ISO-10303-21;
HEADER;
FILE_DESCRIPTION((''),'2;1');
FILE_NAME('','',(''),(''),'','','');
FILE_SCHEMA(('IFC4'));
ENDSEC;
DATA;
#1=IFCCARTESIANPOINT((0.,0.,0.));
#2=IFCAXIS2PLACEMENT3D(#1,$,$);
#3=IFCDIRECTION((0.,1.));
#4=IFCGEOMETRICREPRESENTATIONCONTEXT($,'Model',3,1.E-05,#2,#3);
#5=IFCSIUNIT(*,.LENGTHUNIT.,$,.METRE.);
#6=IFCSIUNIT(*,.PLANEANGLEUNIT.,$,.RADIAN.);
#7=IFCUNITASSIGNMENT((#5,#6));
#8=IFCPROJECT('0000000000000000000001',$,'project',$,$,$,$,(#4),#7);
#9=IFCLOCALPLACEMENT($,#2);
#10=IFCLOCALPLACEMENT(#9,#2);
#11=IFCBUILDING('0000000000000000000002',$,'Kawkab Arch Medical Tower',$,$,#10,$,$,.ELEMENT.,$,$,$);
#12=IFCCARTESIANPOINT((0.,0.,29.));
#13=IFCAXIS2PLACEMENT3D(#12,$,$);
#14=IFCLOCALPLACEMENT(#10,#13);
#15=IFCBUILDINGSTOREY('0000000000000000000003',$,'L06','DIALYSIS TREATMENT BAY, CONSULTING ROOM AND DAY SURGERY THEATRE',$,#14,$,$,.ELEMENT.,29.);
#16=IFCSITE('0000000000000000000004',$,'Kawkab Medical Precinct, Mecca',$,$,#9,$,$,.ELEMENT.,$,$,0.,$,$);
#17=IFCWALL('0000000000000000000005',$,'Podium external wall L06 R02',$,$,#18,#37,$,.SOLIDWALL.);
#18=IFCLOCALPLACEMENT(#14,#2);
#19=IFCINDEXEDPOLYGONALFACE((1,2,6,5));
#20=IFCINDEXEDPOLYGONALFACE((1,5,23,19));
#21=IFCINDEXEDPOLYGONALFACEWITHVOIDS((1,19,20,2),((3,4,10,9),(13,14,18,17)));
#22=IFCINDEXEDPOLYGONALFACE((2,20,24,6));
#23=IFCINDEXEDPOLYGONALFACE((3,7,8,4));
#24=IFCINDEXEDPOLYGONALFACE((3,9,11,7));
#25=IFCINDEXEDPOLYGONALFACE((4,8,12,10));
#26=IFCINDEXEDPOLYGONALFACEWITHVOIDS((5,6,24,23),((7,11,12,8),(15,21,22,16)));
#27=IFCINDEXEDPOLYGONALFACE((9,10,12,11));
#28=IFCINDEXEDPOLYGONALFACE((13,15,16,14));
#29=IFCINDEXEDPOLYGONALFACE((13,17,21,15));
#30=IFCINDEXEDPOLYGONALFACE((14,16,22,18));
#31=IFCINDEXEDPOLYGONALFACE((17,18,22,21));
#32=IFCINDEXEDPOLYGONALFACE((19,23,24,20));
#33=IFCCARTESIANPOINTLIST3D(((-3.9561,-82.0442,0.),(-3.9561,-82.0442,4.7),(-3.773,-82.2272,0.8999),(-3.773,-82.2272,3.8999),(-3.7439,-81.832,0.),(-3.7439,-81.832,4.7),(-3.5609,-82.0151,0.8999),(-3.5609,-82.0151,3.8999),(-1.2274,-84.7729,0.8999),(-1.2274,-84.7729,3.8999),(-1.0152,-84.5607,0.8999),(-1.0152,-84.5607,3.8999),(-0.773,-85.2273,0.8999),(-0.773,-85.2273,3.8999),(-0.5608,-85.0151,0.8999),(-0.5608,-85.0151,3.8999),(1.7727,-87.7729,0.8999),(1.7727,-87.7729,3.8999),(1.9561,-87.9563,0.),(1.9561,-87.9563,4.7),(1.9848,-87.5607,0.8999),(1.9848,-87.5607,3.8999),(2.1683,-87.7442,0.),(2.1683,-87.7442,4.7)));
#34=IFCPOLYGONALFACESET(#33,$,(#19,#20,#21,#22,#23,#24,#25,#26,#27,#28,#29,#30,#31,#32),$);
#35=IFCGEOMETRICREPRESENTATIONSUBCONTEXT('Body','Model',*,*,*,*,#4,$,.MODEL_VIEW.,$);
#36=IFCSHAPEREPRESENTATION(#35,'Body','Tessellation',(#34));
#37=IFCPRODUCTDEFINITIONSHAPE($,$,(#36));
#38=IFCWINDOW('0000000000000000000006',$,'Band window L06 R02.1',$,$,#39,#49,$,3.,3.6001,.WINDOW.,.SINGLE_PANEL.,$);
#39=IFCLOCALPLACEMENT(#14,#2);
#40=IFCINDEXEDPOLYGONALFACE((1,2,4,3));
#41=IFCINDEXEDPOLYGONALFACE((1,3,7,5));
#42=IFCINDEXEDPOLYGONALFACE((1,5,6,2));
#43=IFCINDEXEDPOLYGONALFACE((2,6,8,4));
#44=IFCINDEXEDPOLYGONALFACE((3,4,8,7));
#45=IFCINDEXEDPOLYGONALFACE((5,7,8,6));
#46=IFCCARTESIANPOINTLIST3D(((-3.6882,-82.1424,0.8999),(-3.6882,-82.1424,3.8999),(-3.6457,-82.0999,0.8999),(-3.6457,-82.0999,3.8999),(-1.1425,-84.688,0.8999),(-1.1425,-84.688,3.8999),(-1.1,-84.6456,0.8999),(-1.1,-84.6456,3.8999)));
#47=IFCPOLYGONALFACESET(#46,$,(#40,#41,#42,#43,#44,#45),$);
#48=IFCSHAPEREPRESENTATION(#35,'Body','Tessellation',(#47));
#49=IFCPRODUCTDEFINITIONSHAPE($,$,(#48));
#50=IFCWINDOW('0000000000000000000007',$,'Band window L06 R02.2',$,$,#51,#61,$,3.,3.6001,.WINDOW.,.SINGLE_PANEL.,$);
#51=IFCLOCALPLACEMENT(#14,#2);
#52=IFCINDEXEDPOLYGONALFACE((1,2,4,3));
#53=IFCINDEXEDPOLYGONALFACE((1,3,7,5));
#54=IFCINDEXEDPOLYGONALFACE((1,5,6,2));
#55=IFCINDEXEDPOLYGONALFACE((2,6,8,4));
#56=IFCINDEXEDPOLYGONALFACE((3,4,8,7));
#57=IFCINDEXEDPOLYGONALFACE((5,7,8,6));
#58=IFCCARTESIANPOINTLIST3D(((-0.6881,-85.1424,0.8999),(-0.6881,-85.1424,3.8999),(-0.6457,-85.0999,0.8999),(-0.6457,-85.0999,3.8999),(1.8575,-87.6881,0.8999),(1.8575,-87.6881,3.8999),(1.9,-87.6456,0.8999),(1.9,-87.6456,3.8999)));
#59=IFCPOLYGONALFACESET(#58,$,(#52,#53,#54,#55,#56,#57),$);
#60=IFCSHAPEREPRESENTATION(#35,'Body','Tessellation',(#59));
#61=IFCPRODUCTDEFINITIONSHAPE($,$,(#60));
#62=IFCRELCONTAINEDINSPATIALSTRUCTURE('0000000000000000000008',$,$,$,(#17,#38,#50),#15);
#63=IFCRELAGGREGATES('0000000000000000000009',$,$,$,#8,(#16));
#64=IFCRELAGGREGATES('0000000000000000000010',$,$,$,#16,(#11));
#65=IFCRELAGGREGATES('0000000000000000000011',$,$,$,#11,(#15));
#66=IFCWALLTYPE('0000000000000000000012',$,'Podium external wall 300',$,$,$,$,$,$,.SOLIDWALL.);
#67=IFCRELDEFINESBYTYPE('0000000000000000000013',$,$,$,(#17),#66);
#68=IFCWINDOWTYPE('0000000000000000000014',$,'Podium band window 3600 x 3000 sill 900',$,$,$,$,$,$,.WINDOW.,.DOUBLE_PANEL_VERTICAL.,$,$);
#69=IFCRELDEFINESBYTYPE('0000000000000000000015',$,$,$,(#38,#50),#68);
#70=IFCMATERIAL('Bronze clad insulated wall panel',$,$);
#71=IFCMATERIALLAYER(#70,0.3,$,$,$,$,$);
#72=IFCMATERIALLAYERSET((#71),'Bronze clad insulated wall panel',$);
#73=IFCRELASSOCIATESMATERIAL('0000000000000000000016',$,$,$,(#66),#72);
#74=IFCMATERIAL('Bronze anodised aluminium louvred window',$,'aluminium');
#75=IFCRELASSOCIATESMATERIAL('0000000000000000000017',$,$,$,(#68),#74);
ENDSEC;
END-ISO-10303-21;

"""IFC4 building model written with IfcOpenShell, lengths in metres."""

from ifc_helpers import new_model, si_unit, direction, frame, frame_2d, origin, place, context, subcontext, project, spatial, rectangle, extrude, material, layer, layer_set, type_object, element, fill, save


model = new_model("IFC4")

# Units and contexts
model_context = context("Model", 3, precision=1e-05, world=origin(), true_north=direction((0.0, 1.0)))
body_context = subcontext(model_context, "Body", "Model", "MODEL_VIEW")
ifc_project = project(units=[si_unit("LENGTHUNIT", "METRE"), si_unit("PLANEANGLEUNIT", "RADIAN")], contexts=[model_context])

# Site, building, storey
site_placement = place(None, origin())
site = spatial("IfcSite", under=ifc_project, at=site_placement, Name="Kawkab Medical Precinct, Mecca", CompositionType="ELEMENT", RefElevation=0.0)
building_placement = place(site_placement, origin())
building = spatial("IfcBuilding", under=site, at=building_placement, Name="Kawkab Arch Medical Tower", CompositionType="ELEMENT")
storey_placement = place(building_placement, frame((0.0, 0.0, 29.0)))
storey = spatial("IfcBuildingStorey", under=building, at=storey_placement, Name="L06", Description="DIALYSIS TREATMENT BAY, CONSULTING ROOM AND DAY SURGERY THEATRE", CompositionType="ELEMENT", Elevation=29.0)

# Wall, openings, windows
ifc_material_1 = material(Name="Bronze clad insulated wall panel")
ifc_layer_1 = layer(ifc_material_1, 0.3)
ifc_layer_set_1 = layer_set([ifc_layer_1], Name="Bronze clad insulated wall panel")
wall_type_1 = type_object("IfcWallType", Name="Podium external wall 300", PredefinedType="SOLIDWALL", material=ifc_layer_set_1)
wall_1_placement = place(storey_placement, frame((-3.8501, -81.938, 0.0), z_axis=(0.0, 0.0, 1.0), x_axis=(0.707107, -0.707107, 0.0)))
wall_1 = element("IfcWall", 1, at=wall_1_placement, inside=storey, type_object=wall_type_1, Name="Podium external wall L06 R02", PredefinedType="SOLIDWALL", context=body_context, shape_type="SweptSolid", body=[
    extrude(rectangle(XDim=8.3611, YDim=0.3, at=frame_2d((4.1807, 0.0))), origin(), (0.0, 0.0, 1.0), 4.7),
])
opening_1_placement = place(wall_1_placement, frame((0.259, 0.0, 0.8999)))
opening_1 = element("IfcOpeningElement", 2, at=opening_1_placement, cuts=wall_1, PredefinedType="OPENING", context=body_context, shape_type="SweptSolid", body=[
    extrude(rectangle(XDim=3.6001, YDim=3.0, at=frame_2d((1.8, 1.5))), frame((0.0, 0.1599, 0.0), z_axis=(0.0, -1.0, 0.0), x_axis=(1.0, 0.0, 0.0)), (0.0, 0.0, 1.0), 0.3201),
])
opening_2_placement = place(wall_1_placement, frame((4.5017, 0.0, 0.8999)))
opening_2 = element("IfcOpeningElement", 3, at=opening_2_placement, cuts=wall_1, PredefinedType="OPENING", context=body_context, shape_type="SweptSolid", body=[
    extrude(rectangle(XDim=3.6001, YDim=3.0, at=frame_2d((1.8, 1.5))), frame((0.0, 0.1599, 0.0), z_axis=(0.0, -1.0, 0.0), x_axis=(1.0, 0.0, 0.0)), (0.0, 0.0, 1.0), 0.3201),
])
ifc_material_2 = material(Name="Bronze anodised aluminium louvred window", Category="aluminium")
window_type_1 = type_object("IfcWindowType", Name="Podium band window 3600 x 3000 sill 900", PartitioningType="DOUBLE_PANEL_VERTICAL", PredefinedType="WINDOW", material=ifc_material_2)
window_1_placement = place(opening_1_placement, origin())
window_1 = element("IfcWindow", 4, at=window_1_placement, inside=storey, type_object=window_type_1, Name="Band window L06 R02.1", OverallHeight=3.0, OverallWidth=3.6001, PartitioningType="SINGLE_PANEL", PredefinedType="WINDOW", context=body_context, shape_type="SweptSolid", body=[
    extrude(rectangle(XDim=3.6001, YDim=3.0, at=frame_2d((1.8, 1.5))), frame((0.0, 0.03, 0.0), z_axis=(0.0, -1.0, 0.0), x_axis=(1.0, 0.0, 0.0)), (0.0, 0.0, 1.0), 0.0601),
])
fill(opening_1, window_1)
window_2_placement = place(opening_2_placement, origin())
window_2 = element("IfcWindow", 5, at=window_2_placement, inside=storey, type_object=window_type_1, Name="Band window L06 R02.2", OverallHeight=3.0, OverallWidth=3.6001, PartitioningType="SINGLE_PANEL", PredefinedType="WINDOW", context=body_context, shape_type="SweptSolid", body=[
    extrude(rectangle(XDim=3.6001, YDim=3.0, at=frame_2d((1.8, 1.5))), frame((0.0, 0.03, 0.0), z_axis=(0.0, -1.0, 0.0), x_axis=(1.0, 0.0, 0.0)), (0.0, 0.0, 1.0), 0.0601),
])
fill(opening_2, window_2)

save(model, "model.ifc")
